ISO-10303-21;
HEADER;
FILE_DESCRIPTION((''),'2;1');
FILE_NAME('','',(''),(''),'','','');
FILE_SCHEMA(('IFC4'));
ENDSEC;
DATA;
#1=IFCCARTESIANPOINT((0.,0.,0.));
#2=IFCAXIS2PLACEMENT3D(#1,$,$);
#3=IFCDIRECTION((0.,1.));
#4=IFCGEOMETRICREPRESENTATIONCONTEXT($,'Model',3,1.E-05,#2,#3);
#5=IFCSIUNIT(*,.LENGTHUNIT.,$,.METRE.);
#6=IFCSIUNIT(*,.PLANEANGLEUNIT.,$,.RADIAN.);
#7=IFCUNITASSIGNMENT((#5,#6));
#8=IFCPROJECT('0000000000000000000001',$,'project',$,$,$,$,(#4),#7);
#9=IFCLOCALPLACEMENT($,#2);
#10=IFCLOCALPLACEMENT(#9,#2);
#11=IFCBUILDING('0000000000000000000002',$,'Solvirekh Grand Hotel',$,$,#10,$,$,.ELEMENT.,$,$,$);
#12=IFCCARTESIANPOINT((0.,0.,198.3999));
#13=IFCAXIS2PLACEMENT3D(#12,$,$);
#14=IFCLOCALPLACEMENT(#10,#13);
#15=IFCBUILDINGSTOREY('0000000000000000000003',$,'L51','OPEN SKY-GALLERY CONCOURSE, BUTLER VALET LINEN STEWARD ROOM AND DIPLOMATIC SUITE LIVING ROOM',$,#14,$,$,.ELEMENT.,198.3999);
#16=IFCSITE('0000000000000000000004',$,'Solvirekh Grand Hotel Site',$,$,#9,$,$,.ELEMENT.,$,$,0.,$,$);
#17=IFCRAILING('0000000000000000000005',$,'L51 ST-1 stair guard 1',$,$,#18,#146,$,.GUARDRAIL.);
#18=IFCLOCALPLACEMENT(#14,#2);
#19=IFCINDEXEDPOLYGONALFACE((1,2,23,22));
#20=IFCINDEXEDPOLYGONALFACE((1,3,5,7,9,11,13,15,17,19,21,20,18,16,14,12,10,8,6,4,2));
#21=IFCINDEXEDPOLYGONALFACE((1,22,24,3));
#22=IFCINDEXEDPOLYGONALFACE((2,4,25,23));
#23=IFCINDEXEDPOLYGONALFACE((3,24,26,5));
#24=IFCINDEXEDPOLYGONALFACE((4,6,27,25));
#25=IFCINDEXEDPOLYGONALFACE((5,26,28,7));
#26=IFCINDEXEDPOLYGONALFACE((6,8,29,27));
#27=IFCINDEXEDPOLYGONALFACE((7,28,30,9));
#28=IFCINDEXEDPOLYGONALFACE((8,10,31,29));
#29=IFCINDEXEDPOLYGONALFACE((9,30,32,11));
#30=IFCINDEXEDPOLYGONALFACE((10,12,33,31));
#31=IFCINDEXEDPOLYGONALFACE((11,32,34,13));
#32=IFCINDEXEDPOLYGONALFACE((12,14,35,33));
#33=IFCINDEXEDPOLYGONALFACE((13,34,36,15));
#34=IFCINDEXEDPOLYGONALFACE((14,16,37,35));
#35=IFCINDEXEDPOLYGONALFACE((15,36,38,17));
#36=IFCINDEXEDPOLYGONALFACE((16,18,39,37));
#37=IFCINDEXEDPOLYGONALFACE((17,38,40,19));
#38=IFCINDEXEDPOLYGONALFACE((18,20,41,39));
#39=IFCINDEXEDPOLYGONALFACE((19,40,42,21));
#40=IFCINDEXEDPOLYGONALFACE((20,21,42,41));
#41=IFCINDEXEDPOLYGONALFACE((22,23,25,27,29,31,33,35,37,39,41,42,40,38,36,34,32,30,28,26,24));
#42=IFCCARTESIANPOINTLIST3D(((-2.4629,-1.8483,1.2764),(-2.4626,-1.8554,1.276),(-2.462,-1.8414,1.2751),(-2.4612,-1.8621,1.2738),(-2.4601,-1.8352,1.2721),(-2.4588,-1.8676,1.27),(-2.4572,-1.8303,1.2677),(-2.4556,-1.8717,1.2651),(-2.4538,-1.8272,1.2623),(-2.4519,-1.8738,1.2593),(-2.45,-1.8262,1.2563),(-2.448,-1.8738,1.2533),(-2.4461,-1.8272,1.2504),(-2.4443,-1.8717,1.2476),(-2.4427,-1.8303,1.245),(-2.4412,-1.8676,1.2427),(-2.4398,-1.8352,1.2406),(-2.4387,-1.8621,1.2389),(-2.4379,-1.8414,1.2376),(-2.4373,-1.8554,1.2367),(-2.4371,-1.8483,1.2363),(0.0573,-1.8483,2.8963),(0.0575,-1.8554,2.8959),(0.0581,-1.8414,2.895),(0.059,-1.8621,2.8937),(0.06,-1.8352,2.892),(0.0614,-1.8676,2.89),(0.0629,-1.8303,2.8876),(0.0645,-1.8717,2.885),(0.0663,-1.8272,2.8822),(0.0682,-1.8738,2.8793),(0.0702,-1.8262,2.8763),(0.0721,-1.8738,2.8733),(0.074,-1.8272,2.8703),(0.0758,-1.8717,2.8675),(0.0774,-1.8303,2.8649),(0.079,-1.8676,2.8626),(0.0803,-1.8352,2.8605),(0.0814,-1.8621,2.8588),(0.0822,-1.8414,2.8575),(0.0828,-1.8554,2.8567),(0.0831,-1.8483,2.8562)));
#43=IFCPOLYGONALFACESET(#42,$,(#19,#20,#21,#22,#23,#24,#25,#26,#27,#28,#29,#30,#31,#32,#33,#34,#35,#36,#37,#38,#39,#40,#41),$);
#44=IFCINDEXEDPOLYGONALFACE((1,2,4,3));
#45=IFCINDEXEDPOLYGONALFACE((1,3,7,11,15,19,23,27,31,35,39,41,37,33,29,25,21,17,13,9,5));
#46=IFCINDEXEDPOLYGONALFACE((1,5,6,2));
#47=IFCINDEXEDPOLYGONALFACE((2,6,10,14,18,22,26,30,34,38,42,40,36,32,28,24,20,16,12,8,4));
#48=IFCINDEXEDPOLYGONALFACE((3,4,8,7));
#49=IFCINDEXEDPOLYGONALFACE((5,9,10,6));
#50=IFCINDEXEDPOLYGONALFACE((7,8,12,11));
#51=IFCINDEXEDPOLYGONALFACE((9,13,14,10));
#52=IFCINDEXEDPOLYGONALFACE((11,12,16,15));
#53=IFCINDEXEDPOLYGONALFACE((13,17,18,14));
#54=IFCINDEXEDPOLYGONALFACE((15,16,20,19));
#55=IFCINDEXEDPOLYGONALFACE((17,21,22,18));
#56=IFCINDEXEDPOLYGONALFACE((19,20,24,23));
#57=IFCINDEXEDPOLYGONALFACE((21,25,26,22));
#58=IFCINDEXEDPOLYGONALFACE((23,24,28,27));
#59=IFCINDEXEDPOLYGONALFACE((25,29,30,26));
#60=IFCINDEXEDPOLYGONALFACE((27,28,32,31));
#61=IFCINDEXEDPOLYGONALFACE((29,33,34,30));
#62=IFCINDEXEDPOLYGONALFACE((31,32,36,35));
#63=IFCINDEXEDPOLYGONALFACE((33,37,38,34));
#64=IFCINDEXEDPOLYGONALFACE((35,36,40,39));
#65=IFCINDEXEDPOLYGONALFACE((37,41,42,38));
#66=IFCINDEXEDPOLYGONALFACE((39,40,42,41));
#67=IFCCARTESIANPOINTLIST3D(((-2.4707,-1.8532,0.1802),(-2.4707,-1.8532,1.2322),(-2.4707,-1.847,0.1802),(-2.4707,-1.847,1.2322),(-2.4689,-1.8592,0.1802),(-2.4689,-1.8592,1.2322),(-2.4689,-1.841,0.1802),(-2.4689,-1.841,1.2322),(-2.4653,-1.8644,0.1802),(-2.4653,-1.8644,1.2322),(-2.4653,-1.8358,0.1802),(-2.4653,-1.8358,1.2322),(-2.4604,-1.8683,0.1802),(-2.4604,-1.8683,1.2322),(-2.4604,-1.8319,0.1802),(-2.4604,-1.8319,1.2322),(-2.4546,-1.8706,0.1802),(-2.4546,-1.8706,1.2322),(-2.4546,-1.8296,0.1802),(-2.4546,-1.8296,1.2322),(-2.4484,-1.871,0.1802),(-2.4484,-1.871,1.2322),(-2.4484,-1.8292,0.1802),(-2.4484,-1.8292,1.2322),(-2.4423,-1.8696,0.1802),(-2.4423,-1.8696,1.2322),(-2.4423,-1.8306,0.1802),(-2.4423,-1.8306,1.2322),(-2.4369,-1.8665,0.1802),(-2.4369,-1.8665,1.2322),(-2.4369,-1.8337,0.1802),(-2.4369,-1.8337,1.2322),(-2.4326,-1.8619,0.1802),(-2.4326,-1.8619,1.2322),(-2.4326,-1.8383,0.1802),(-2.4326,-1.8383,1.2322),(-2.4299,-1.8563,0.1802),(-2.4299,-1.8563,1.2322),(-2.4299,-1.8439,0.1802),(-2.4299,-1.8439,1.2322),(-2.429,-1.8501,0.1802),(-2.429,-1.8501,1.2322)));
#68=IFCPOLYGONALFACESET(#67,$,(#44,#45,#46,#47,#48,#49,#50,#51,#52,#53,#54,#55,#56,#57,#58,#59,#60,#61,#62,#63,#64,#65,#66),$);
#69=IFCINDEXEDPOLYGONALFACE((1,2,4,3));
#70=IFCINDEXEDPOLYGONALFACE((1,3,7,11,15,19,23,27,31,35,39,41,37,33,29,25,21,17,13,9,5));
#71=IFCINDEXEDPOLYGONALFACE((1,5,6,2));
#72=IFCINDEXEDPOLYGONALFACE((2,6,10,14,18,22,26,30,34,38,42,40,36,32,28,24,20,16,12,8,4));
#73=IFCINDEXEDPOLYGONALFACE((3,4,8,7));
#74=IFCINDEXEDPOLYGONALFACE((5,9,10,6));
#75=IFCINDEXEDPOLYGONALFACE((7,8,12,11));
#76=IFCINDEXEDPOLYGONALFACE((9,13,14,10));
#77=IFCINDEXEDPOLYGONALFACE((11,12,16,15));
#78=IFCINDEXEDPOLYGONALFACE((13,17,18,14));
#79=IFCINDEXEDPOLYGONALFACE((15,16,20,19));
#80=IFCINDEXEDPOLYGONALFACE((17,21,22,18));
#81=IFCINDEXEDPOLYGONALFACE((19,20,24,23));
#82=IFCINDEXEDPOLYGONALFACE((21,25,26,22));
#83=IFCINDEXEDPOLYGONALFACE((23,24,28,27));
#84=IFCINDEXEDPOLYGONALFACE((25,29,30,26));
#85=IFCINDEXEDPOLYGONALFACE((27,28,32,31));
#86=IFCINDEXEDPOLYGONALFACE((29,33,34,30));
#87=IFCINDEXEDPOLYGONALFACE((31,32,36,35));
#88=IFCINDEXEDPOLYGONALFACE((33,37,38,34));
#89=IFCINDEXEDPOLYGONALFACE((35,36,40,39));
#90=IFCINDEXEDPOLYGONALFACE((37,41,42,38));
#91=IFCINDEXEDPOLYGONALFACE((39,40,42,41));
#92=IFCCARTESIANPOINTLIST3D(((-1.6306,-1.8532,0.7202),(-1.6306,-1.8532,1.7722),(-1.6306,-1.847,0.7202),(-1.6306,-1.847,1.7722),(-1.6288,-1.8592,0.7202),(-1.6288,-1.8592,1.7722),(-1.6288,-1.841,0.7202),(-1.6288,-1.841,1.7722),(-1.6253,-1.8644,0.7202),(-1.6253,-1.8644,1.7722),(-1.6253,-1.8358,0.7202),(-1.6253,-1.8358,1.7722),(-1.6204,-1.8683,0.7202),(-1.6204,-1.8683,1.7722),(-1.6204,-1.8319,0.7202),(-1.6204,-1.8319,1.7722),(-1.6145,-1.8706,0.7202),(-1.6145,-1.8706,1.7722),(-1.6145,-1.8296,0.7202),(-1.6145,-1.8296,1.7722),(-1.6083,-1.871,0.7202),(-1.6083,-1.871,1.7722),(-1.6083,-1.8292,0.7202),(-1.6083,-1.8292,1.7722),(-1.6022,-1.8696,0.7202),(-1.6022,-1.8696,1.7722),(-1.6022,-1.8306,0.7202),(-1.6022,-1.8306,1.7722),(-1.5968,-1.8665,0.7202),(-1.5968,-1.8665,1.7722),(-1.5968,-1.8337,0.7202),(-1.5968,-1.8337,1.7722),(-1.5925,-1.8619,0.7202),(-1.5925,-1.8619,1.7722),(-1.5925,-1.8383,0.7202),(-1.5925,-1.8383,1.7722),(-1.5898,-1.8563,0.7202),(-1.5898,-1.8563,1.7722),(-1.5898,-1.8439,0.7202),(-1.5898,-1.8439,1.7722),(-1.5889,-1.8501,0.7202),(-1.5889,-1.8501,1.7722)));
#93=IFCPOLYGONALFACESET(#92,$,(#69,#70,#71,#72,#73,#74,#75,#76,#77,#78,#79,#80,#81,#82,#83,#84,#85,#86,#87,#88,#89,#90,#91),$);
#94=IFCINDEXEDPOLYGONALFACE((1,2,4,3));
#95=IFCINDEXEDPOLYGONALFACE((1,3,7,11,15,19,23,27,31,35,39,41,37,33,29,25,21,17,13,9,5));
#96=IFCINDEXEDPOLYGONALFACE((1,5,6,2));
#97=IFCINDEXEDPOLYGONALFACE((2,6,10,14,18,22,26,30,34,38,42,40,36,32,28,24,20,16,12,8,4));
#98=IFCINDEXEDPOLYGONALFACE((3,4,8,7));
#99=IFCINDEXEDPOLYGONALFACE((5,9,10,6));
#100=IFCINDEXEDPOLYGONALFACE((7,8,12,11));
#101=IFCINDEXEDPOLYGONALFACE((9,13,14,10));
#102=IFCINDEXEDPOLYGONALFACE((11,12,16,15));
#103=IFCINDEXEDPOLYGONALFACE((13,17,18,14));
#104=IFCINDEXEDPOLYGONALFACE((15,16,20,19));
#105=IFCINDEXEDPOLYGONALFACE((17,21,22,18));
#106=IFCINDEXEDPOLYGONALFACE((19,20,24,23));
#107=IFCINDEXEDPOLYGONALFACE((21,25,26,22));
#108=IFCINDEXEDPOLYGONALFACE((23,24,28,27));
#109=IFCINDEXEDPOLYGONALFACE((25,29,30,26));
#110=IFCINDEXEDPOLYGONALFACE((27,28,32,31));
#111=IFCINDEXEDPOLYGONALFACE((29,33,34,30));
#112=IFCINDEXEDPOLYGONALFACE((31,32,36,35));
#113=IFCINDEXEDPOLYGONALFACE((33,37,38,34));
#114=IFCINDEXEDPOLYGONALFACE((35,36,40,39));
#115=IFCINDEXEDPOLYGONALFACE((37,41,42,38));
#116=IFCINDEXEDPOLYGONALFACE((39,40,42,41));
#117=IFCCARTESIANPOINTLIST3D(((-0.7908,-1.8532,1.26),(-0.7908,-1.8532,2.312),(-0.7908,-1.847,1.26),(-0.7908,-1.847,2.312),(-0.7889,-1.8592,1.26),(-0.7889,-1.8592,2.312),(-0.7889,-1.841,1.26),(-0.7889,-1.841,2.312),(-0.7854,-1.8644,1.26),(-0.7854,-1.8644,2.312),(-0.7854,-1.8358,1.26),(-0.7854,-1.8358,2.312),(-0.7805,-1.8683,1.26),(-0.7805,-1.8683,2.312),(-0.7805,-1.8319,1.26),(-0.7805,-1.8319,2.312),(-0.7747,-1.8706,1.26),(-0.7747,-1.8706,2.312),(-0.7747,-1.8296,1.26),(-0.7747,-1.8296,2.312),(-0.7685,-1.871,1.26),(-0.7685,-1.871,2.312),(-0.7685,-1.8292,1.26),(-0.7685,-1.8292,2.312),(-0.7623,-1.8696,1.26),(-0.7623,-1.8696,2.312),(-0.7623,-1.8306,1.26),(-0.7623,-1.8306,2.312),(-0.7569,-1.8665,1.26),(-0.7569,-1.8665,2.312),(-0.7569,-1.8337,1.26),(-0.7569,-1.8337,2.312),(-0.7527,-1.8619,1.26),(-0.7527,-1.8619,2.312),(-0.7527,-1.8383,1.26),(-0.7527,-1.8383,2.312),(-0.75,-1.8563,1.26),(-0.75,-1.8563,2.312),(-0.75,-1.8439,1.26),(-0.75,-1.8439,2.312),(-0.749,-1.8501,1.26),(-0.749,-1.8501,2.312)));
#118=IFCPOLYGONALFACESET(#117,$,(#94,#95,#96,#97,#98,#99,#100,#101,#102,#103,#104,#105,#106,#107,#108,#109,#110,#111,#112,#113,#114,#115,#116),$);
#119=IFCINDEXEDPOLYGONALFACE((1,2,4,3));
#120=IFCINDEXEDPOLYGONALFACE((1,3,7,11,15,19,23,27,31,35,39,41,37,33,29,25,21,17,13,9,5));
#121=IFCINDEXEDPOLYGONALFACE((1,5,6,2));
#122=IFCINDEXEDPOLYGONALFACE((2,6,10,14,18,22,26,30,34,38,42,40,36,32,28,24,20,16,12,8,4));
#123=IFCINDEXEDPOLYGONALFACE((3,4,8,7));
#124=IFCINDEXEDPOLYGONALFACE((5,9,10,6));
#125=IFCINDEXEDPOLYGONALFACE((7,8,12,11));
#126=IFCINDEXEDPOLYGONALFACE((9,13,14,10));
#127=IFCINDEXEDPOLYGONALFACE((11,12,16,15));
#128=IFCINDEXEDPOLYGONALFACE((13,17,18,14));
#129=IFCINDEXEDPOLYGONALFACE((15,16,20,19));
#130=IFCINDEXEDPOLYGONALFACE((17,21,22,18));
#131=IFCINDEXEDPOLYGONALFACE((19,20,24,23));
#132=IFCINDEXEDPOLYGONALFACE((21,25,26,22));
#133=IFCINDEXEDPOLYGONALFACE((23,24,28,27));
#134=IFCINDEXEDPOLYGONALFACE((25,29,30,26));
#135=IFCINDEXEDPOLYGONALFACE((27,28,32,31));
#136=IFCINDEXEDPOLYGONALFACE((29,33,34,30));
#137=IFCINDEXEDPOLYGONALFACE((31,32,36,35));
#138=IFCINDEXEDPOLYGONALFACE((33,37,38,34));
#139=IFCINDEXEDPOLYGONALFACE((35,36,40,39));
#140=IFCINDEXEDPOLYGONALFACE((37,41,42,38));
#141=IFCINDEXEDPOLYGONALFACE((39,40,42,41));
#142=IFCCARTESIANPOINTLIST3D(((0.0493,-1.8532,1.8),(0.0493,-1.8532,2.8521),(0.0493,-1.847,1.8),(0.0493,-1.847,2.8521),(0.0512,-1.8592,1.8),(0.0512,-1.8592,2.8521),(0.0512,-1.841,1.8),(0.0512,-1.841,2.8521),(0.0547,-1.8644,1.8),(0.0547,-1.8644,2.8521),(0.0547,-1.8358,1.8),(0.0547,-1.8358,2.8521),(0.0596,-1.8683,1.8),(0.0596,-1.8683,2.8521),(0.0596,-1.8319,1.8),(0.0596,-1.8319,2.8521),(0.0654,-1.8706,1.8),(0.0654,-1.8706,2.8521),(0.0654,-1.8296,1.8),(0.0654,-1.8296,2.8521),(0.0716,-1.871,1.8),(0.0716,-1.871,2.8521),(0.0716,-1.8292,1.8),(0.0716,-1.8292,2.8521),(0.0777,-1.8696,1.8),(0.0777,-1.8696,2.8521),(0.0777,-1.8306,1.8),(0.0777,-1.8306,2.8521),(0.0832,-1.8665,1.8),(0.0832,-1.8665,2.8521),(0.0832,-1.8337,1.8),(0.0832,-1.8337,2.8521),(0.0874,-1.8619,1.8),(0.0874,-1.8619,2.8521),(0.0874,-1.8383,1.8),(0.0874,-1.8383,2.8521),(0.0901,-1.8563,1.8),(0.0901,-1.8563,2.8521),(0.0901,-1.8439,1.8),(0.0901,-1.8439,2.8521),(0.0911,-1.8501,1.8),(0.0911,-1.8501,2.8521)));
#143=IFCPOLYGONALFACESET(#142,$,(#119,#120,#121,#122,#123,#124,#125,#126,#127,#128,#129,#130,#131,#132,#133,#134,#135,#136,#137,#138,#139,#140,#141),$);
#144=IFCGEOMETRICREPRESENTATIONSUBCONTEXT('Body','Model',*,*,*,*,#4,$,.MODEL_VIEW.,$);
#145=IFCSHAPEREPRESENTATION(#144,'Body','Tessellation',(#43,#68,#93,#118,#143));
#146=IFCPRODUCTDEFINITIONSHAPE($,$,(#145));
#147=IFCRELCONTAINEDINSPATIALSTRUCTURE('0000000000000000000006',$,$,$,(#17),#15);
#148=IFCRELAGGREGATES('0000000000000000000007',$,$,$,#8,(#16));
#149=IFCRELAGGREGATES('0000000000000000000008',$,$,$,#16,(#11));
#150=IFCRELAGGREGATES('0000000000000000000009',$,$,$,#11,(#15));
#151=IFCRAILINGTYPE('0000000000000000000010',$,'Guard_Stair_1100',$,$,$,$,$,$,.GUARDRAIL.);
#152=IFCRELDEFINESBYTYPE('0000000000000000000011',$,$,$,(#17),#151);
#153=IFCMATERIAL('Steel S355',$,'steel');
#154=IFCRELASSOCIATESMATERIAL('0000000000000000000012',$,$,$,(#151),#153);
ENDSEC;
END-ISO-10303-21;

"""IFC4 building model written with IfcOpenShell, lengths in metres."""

from ifc_helpers import new_model, si_unit, direction, frame, origin, origin_2d, place, context, subcontext, project, spatial, circle, extrude, material, type_object, element, save


model = new_model("IFC4")

# Units and contexts
model_context = context("Model", 3, precision=1e-05, world=origin(), true_north=direction((0.0, 1.0)))
body_context = subcontext(model_context, "Body", "Model", "MODEL_VIEW")
ifc_project = project(units=[si_unit("LENGTHUNIT", "METRE"), si_unit("PLANEANGLEUNIT", "RADIAN")], contexts=[model_context])

# Site, building, storey
site_placement = place(None, origin())
site = spatial("IfcSite", under=ifc_project, at=site_placement, Name="Solvirekh Grand Hotel Site", CompositionType="ELEMENT", RefElevation=0.0)
building_placement = place(site_placement, origin())
building = spatial("IfcBuilding", under=site, at=building_placement, Name="Solvirekh Grand Hotel", CompositionType="ELEMENT")
storey_placement = place(building_placement, frame((0.0, 0.0, 198.3999)))
storey = spatial("IfcBuildingStorey", under=building, at=storey_placement, Name="L51", Description="OPEN SKY-GALLERY CONCOURSE, BUTLER VALET LINEN STEWARD ROOM AND DIPLOMATIC SUITE LIVING ROOM", CompositionType="ELEMENT", Elevation=198.3999)

# Railing
ifc_material_1 = material(Name="Steel S355", Category="steel")
railing_type_1 = type_object("IfcRailingType", Name="Guard_Stair_1100", PredefinedType="GUARDRAIL", material=ifc_material_1)
railing_1_placement = place(storey_placement, frame((-2.45, -1.8501, 0.1802)))
element("IfcRailing", 1, at=railing_1_placement, inside=storey, type_object=railing_type_1, Name="L51 ST-1 stair guard 1", PredefinedType="GUARDRAIL", context=body_context, shape_type="SweptSolid", body=[
    extrude(circle(Radius=0.0239, at=origin_2d()), frame((0.0, 0.0, 1.0762), z_axis=(0.8412, 0.0, 0.540725), x_axis=(0.0, 1.0, 0.0)), (0.0, 0.0, 1.0), 2.9958),
    extrude(circle(Radius=0.021, at=origin_2d()), origin(), (0.0, 0.0, 1.0), 1.052),
    extrude(circle(Radius=0.021, at=origin_2d()), frame((0.8401, 0.0, 0.54)), (0.0, 0.0, 1.0), 1.052),
    extrude(circle(Radius=0.021, at=origin_2d()), frame((1.6799, 0.0, 1.0798)), (0.0, 0.0, 1.0), 1.052),
    extrude(circle(Radius=0.021, at=origin_2d()), frame((2.52, 0.0, 1.6199)), (0.0, 0.0, 1.0), 1.052),
])

save(model, "model.ifc")
